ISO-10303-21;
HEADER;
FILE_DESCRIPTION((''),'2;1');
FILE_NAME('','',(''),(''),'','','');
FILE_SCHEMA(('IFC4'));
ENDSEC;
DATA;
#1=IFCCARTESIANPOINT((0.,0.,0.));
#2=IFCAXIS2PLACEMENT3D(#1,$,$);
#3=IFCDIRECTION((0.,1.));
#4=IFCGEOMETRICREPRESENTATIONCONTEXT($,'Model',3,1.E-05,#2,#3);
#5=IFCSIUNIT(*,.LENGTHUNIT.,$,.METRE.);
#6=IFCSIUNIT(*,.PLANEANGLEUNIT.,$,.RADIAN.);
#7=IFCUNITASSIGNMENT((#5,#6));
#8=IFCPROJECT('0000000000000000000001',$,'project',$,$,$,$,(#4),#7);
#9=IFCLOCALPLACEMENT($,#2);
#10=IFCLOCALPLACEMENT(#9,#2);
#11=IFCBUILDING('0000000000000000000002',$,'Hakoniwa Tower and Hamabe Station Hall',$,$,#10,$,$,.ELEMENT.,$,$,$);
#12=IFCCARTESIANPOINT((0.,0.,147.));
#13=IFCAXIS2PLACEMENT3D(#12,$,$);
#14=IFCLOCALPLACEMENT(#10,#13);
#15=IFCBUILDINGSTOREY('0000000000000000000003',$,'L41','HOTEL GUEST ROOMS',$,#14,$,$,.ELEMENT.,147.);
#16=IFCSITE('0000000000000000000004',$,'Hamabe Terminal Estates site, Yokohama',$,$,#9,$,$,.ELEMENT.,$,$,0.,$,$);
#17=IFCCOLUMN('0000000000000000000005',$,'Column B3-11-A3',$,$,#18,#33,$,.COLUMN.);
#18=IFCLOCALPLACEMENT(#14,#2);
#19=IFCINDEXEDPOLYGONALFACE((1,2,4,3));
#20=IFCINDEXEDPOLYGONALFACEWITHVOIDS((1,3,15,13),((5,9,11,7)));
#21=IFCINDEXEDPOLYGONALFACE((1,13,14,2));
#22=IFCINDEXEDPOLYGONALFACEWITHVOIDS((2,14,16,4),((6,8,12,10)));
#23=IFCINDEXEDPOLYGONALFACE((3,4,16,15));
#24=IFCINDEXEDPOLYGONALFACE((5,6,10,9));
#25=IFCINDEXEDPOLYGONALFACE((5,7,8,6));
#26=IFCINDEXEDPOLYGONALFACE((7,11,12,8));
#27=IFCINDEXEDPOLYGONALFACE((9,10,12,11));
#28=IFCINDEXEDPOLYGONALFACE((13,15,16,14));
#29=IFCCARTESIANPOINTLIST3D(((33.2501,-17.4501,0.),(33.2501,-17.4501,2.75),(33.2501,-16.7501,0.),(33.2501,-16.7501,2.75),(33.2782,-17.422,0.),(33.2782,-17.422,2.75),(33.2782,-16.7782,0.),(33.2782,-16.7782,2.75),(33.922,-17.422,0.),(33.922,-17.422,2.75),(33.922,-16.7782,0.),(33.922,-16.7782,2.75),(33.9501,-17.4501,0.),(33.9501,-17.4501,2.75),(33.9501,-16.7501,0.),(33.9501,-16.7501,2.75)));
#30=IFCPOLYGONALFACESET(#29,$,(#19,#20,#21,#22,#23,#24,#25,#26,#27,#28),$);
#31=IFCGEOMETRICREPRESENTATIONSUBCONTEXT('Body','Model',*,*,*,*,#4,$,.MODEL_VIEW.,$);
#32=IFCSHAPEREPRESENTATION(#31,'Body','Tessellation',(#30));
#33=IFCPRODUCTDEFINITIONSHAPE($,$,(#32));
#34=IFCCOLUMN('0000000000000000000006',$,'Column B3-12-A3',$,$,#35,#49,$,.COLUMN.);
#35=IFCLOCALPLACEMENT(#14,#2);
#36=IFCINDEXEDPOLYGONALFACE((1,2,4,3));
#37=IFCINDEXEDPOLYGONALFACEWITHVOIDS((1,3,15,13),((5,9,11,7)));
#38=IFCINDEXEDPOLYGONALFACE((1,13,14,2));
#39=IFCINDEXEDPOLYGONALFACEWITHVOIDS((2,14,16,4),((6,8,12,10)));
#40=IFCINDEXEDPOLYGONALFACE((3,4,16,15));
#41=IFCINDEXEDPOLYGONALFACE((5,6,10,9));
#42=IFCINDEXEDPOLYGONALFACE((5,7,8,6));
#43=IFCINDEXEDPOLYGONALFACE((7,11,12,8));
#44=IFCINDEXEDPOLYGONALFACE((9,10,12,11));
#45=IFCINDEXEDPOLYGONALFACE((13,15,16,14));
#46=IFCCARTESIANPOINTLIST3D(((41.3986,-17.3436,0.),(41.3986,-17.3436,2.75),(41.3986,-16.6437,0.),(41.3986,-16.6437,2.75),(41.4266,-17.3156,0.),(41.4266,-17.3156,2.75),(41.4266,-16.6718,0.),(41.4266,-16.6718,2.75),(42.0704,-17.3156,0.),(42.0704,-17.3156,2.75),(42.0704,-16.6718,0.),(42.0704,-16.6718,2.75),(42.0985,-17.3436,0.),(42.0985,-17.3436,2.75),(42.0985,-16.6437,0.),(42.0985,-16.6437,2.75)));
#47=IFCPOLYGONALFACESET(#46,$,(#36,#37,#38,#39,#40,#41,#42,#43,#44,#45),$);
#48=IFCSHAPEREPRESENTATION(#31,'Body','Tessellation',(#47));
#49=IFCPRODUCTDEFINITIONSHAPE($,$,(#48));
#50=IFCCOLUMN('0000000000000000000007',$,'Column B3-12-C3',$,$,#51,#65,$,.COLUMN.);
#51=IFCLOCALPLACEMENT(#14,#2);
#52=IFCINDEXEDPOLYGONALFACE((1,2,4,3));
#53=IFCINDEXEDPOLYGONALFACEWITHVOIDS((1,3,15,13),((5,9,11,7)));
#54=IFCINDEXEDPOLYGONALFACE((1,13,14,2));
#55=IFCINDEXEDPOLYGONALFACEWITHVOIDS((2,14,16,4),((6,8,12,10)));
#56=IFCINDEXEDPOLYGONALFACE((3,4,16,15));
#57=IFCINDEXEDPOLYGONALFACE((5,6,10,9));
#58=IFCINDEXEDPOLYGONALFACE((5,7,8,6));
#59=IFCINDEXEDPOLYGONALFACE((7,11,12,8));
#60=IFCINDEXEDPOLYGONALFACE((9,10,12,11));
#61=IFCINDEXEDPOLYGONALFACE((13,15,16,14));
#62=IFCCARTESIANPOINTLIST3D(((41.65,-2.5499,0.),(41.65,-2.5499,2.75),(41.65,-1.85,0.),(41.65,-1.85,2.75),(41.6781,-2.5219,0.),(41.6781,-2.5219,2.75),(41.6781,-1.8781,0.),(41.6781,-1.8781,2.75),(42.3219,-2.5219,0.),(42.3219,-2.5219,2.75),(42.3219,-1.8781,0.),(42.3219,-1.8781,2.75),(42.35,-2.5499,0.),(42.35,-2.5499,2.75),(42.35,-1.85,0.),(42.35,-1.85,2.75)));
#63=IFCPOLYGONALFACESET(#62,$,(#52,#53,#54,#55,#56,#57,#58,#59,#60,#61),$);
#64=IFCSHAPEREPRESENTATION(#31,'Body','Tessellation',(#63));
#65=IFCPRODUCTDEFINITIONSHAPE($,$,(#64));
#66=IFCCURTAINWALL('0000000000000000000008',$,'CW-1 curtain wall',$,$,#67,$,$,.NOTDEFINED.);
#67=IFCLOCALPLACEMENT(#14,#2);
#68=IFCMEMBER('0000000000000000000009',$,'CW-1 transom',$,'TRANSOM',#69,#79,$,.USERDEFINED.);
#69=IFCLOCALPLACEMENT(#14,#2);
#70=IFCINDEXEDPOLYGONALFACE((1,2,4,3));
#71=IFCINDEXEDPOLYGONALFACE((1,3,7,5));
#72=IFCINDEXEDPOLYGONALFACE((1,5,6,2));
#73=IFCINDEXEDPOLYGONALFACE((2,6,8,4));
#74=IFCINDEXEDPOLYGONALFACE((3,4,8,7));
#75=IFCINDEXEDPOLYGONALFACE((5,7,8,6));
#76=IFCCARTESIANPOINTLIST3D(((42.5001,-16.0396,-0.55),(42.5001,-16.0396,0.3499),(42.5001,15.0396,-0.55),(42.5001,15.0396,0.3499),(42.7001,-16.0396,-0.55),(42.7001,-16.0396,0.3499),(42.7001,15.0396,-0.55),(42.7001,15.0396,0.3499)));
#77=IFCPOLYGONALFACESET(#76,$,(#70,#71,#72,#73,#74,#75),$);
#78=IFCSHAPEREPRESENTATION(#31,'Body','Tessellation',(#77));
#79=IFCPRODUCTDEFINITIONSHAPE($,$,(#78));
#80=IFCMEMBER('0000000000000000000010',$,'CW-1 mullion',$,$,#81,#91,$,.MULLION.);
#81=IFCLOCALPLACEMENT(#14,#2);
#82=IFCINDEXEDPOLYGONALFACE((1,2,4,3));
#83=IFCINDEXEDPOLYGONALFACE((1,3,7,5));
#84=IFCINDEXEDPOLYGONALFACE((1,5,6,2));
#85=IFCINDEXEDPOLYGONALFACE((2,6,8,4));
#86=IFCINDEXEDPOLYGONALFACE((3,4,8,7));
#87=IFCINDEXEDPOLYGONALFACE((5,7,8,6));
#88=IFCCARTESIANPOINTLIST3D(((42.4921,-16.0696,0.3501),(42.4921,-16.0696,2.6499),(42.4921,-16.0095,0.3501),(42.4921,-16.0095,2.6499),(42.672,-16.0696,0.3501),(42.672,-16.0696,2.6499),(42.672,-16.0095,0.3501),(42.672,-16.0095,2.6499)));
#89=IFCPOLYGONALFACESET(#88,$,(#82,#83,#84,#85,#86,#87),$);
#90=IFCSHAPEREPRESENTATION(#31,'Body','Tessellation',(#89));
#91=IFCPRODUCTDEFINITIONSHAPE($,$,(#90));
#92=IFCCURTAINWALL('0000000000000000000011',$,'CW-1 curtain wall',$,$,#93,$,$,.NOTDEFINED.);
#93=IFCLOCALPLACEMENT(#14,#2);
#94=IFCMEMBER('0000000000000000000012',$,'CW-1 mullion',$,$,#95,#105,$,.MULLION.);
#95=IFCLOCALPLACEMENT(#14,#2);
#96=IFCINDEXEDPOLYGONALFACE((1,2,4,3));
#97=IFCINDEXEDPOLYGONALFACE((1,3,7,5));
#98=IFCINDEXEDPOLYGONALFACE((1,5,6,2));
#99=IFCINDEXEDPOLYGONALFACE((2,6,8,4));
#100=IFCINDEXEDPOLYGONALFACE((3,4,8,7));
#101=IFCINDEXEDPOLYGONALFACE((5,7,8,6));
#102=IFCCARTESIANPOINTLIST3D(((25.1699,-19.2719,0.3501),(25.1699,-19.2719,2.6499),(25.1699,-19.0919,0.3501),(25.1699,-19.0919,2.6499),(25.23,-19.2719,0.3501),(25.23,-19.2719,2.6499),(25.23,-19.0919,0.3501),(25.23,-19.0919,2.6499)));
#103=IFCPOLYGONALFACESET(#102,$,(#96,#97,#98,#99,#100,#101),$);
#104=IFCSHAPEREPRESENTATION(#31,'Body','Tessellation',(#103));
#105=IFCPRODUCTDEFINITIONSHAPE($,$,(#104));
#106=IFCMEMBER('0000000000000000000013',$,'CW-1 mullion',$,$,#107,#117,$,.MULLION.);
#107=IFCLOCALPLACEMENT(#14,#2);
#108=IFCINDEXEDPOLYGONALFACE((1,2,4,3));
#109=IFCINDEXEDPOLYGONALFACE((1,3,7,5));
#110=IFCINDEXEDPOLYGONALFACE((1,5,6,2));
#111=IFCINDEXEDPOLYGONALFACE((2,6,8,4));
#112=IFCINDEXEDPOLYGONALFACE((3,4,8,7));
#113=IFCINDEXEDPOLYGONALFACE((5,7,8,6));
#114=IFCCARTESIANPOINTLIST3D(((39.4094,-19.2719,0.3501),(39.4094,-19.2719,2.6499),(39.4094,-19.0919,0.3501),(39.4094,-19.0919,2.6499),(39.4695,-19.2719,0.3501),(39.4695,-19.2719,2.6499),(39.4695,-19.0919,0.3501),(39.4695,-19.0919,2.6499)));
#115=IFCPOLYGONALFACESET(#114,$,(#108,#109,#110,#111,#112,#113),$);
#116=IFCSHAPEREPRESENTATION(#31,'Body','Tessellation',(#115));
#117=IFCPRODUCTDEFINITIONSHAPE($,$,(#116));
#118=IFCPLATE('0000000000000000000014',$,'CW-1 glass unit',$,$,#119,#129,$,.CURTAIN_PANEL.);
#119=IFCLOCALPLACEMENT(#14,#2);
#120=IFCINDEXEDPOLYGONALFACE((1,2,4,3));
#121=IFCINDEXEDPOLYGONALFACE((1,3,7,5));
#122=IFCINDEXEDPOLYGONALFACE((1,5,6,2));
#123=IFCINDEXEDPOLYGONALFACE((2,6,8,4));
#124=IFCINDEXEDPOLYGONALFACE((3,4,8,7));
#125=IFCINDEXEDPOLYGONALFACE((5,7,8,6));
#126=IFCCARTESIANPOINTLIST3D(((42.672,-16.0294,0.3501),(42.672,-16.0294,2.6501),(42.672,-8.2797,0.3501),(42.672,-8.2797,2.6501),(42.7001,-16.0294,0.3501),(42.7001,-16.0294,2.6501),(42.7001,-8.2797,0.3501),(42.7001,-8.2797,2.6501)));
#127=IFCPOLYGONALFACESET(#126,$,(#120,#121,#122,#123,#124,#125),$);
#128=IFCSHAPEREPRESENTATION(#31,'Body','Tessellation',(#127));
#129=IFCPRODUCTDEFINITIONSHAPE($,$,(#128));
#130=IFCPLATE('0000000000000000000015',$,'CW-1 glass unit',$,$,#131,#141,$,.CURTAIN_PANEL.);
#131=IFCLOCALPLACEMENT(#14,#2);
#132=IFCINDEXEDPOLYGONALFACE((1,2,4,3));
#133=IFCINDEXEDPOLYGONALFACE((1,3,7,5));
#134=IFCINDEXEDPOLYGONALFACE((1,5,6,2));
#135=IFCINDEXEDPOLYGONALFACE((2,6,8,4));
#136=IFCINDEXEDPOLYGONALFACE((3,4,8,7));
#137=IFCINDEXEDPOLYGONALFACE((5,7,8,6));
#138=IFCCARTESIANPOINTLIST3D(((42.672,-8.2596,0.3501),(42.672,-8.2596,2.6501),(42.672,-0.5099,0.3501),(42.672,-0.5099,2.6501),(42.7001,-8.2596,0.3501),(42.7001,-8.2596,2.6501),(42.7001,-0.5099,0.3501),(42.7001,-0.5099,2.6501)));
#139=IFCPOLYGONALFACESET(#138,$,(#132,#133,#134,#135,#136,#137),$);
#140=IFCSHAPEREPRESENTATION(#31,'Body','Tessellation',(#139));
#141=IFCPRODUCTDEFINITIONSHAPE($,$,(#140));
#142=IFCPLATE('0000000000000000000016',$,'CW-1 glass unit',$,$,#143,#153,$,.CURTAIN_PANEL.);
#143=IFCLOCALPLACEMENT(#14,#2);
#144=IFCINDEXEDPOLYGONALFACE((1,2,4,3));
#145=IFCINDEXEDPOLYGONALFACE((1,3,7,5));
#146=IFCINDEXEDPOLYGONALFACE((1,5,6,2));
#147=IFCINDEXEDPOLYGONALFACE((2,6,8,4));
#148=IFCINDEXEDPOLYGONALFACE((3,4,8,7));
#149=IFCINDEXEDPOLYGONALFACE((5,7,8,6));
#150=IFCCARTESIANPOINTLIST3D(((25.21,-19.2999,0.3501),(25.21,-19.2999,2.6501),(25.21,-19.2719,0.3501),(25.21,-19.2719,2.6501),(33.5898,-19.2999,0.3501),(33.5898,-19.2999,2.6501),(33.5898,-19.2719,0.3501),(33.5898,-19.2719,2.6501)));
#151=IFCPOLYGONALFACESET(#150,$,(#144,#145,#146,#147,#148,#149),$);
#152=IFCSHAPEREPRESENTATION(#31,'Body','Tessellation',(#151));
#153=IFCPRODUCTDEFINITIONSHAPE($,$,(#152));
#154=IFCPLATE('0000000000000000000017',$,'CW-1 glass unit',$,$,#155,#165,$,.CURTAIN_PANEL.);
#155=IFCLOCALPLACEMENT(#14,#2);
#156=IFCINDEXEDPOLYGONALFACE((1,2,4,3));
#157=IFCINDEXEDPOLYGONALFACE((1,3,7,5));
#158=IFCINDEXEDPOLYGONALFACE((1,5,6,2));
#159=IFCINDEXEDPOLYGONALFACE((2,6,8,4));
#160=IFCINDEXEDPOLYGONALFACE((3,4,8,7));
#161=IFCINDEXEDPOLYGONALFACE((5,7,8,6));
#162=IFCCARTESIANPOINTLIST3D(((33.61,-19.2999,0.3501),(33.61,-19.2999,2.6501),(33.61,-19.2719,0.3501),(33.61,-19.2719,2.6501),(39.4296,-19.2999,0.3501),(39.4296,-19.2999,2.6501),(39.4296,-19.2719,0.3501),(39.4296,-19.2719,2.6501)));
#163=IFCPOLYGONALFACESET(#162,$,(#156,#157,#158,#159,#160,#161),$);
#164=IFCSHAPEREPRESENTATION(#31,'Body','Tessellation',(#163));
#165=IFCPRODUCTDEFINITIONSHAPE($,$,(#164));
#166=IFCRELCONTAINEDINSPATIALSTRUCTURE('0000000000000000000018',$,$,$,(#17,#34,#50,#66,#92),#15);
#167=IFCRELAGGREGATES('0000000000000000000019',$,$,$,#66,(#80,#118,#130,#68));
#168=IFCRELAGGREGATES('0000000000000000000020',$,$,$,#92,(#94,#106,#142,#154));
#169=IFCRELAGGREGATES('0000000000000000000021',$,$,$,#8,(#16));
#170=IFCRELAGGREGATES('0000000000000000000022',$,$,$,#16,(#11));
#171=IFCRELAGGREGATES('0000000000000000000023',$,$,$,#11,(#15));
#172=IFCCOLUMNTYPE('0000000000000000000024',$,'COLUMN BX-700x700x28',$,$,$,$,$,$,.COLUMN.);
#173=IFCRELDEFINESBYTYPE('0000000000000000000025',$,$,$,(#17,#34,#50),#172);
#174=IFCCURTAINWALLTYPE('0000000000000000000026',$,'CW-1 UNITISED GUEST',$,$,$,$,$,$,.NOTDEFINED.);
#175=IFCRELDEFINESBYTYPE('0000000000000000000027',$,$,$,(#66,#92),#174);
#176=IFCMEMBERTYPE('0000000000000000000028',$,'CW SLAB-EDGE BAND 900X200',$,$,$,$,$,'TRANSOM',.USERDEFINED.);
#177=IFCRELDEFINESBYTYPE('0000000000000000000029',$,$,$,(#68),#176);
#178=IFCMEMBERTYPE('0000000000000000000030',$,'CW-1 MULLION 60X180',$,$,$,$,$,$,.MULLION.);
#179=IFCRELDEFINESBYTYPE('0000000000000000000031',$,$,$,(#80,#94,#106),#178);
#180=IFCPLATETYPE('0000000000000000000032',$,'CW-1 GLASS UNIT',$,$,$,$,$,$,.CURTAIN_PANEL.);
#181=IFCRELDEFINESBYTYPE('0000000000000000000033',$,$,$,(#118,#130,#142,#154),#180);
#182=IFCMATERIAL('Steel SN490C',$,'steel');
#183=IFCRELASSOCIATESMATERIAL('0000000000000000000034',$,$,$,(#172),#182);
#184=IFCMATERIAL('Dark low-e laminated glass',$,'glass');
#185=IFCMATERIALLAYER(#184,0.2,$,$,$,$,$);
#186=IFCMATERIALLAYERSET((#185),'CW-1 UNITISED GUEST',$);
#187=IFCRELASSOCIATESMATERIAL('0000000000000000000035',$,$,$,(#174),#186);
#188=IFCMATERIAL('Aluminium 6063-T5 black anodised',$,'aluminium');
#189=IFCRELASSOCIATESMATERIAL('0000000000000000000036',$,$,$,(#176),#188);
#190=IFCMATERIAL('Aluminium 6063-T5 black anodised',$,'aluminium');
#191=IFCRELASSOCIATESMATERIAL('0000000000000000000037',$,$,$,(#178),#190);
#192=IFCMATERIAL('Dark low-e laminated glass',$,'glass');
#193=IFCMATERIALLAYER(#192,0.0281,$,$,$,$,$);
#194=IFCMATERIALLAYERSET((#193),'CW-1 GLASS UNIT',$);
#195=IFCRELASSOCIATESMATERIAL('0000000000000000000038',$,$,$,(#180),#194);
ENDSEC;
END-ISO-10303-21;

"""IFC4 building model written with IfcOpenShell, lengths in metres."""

from ifc_helpers import new_model, si_unit, direction, frame, origin, origin_2d, place, context, subcontext, project, spatial, rectangle, hollow_rectangle, extrude, material, layer, layer_set, material_profile, profile_set, type_object, element, aggregate, save


model = new_model("IFC4")

# Units and contexts
model_context = context("Model", 3, precision=1e-05, world=origin(), true_north=direction((0.0, 1.0)))
body_context = subcontext(model_context, "Body", "Model", "MODEL_VIEW")
ifc_project = project(units=[si_unit("LENGTHUNIT", "METRE"), si_unit("PLANEANGLEUNIT", "RADIAN")], contexts=[model_context])

# Site, building, storey
site_placement = place(None, origin())
site = spatial("IfcSite", under=ifc_project, at=site_placement, Name="Hamabe Terminal Estates site, Yokohama", CompositionType="ELEMENT", RefElevation=0.0)
building_placement = place(site_placement, origin())
building = spatial("IfcBuilding", under=site, at=building_placement, Name="Hakoniwa Tower and Hamabe Station Hall", CompositionType="ELEMENT")
storey_placement = place(building_placement, frame((0.0, 0.0, 147.0)))
storey = spatial("IfcBuildingStorey", under=building, at=storey_placement, Name="L41", Description="HOTEL GUEST ROOMS", CompositionType="ELEMENT", Elevation=147.0)

# Columns
ifc_material_1 = material(Name="Steel SN490C", Category="steel")
ifc_material_profile_1 = material_profile(ifc_material_1, hollow_rectangle(XDim=0.7, YDim=0.7, WallThickness=0.0281, at=origin_2d()), Name="BX-700x700x28")
ifc_profile_set_1 = profile_set([ifc_material_profile_1], Name="Steel SN490C")
column_type = type_object("IfcColumnType", Name="COLUMN BX-700x700x28", PredefinedType="COLUMN", material=ifc_profile_set_1)
for number, where, z_axis, x_axis, name in (
    (1, (33.6001, -17.1001, 0.0), (0.0, 0.0, 1.0), (1.0, 0.0, 0.0), "Column B3-11-A3"),
    (2, (41.7485, -16.9937, 0.0), (0.0, 0.0, 1.0), (1.0, 0.0, 0.0), "Column B3-12-A3"),
    (3, (42.0, -2.2, 0.0), (0.0, 0.0, 1.0), (1.0, 0.0, 0.0), "Column B3-12-C3"),
):
    element("IfcColumn", number, at=place(storey_placement, frame(where, z_axis=z_axis, x_axis=x_axis)), inside=storey, type_object=column_type, Name=name, PredefinedType="COLUMN", context=body_context, shape_type="SweptSolid", body=[
        extrude(hollow_rectangle(XDim=0.7, YDim=0.7, WallThickness=0.0281, at=origin_2d()), origin(), (0.0, 0.0, 1.0), 2.75),
    ])

# Curtain walls, members
ifc_material_2 = material(Name="Dark low-e laminated glass", Category="glass")
ifc_layer_1 = layer(ifc_material_2, 0.2)
ifc_layer_set_1 = layer_set([ifc_layer_1], Name="CW-1 UNITISED GUEST")
curtain_wall_type = type_object("IfcCurtainWallType", Name="CW-1 UNITISED GUEST", PredefinedType="NOTDEFINED", material=ifc_layer_set_1)
curtain_wall_1_placement = place(storey_placement, origin())
curtain_wall_1 = element("IfcCurtainWall", 4, at=curtain_wall_1_placement, inside=storey, type_object=curtain_wall_type, Name="CW-1 curtain wall", PredefinedType="NOTDEFINED")
ifc_material_3 = material(Name="Aluminium 6063-T5 black anodised", Category="aluminium")
ifc_material_profile_2 = material_profile(ifc_material_3, rectangle(XDim=0.2, YDim=0.8999, at=origin_2d()), Name="CW SLAB-EDGE BAND 900X200")
ifc_profile_set_2 = profile_set([ifc_material_profile_2], Name="Aluminium 6063-T5 black anodised")
member_type_1 = type_object("IfcMemberType", Name="CW SLAB-EDGE BAND 900X200", ElementType="TRANSOM", PredefinedType="USERDEFINED", material=ifc_profile_set_2)
member_1_placement = place(storey_placement, frame((42.6001, -16.0396, -0.1001), z_axis=(0.0, 1.0, 0.0), x_axis=(-1.0, 0.0, 0.0)))
member_1 = element("IfcMember", 5, at=member_1_placement, type_object=member_type_1, Name="CW-1 transom", ObjectType="TRANSOM", PredefinedType="USERDEFINED", context=body_context, shape_type="SweptSolid", body=[
    extrude(rectangle(XDim=0.2, YDim=0.8999, at=origin_2d()), origin(), (0.0, 0.0, 1.0), 31.0791),
])
ifc_material_4 = material(Name="Aluminium 6063-T5 black anodised", Category="aluminium")
ifc_material_profile_3 = material_profile(ifc_material_4, rectangle(XDim=0.0601, YDim=0.1799, at=origin_2d()), Name="CW-1 MULLION 60X180")
ifc_profile_set_3 = profile_set([ifc_material_profile_3], Name="Aluminium 6063-T5 black anodised")
member_type_2 = type_object("IfcMemberType", Name="CW-1 MULLION 60X180", PredefinedType="MULLION", material=ifc_profile_set_3)
member_2_placement = place(storey_placement, frame((42.582, -16.0396, 0.3501), z_axis=(0.0, 0.0, 1.0), x_axis=(0.0, 1.0, 0.0)))
member_2 = element("IfcMember", 6, at=member_2_placement, type_object=member_type_2, Name="CW-1 mullion", PredefinedType="MULLION", context=body_context, shape_type="SweptSolid", body=[
    extrude(rectangle(XDim=0.0601, YDim=0.1799, at=origin_2d()), origin(), (0.0, 0.0, 1.0), 2.2998),
])
curtain_wall_2_placement = place(storey_placement, origin())
curtain_wall_2 = element("IfcCurtainWall", 7, at=curtain_wall_2_placement, inside=storey, type_object=curtain_wall_type, Name="CW-1 curtain wall", PredefinedType="NOTDEFINED")
member_3_placement = place(storey_placement, frame((25.2, -19.1819, 0.3501), z_axis=(0.0, 0.0, 1.0), x_axis=(1.0, 0.0, 0.0)))
member_3 = element("IfcMember", 8, at=member_3_placement, type_object=member_type_2, Name="CW-1 mullion", PredefinedType="MULLION", context=body_context, shape_type="SweptSolid", body=[
    extrude(rectangle(XDim=0.0601, YDim=0.1799, at=origin_2d()), origin(), (0.0, 0.0, 1.0), 2.2998),
])
member_4_placement = place(storey_placement, frame((39.4395, -19.1819, 0.3501), z_axis=(0.0, 0.0, 1.0), x_axis=(1.0, 0.0, 0.0)))
member_4 = element("IfcMember", 9, at=member_4_placement, type_object=member_type_2, Name="CW-1 mullion", PredefinedType="MULLION", context=body_context, shape_type="SweptSolid", body=[
    extrude(rectangle(XDim=0.0601, YDim=0.1799, at=origin_2d()), origin(), (0.0, 0.0, 1.0), 2.2998),
])

# Plates
ifc_material_5 = material(Name="Dark low-e laminated glass", Category="glass")
ifc_layer_2 = layer(ifc_material_5, 0.0281)
ifc_layer_set_2 = layer_set([ifc_layer_2], Name="CW-1 GLASS UNIT")
plate_type = type_object("IfcPlateType", Name="CW-1 GLASS UNIT", PredefinedType="CURTAIN_PANEL", material=ifc_layer_set_2)
plate_1_placement = place(storey_placement, frame((42.686, -12.1545, 0.3501), z_axis=(0.0, 0.0, 1.0), x_axis=(0.0, 1.0, 0.0)))
plate_1 = element("IfcPlate", 10, at=plate_1_placement, type_object=plate_type, Name="CW-1 glass unit", PredefinedType="CURTAIN_PANEL", context=body_context, shape_type="SweptSolid", body=[
    extrude(rectangle(XDim=7.7498, YDim=0.0281, at=origin_2d()), origin(), (0.0, 0.0, 1.0), 2.3),
])
plate_2_placement = place(storey_placement, frame((42.686, -4.3848, 0.3501), z_axis=(0.0, 0.0, 1.0), x_axis=(0.0, 1.0, 0.0)))
plate_2 = element("IfcPlate", 11, at=plate_2_placement, type_object=plate_type, Name="CW-1 glass unit", PredefinedType="CURTAIN_PANEL", context=body_context, shape_type="SweptSolid", body=[
    extrude(rectangle(XDim=7.7498, YDim=0.0281, at=origin_2d()), origin(), (0.0, 0.0, 1.0), 2.3),
])
aggregate(curtain_wall_1, [member_2, plate_1, plate_2, member_1])
plate_3_placement = place(storey_placement, frame((29.3999, -19.2859, 0.3501), z_axis=(0.0, 0.0, 1.0), x_axis=(1.0, 0.0, 0.0)))
plate_3 = element("IfcPlate", 12, at=plate_3_placement, type_object=plate_type, Name="CW-1 glass unit", PredefinedType="CURTAIN_PANEL", context=body_context, shape_type="SweptSolid", body=[
    extrude(rectangle(XDim=8.3799, YDim=0.0281, at=origin_2d()), origin(), (0.0, 0.0, 1.0), 2.3),
])
plate_4_placement = place(storey_placement, frame((36.5198, -19.2859, 0.3501), z_axis=(0.0, 0.0, 1.0), x_axis=(1.0, 0.0, 0.0)))
plate_4 = element("IfcPlate", 13, at=plate_4_placement, type_object=plate_type, Name="CW-1 glass unit", PredefinedType="CURTAIN_PANEL", context=body_context, shape_type="SweptSolid", body=[
    extrude(rectangle(XDim=5.8196, YDim=0.0281, at=origin_2d()), origin(), (0.0, 0.0, 1.0), 2.3),
])
aggregate(curtain_wall_2, [member_3, member_4, plate_3, plate_4])

save(model, "model.ifc")
